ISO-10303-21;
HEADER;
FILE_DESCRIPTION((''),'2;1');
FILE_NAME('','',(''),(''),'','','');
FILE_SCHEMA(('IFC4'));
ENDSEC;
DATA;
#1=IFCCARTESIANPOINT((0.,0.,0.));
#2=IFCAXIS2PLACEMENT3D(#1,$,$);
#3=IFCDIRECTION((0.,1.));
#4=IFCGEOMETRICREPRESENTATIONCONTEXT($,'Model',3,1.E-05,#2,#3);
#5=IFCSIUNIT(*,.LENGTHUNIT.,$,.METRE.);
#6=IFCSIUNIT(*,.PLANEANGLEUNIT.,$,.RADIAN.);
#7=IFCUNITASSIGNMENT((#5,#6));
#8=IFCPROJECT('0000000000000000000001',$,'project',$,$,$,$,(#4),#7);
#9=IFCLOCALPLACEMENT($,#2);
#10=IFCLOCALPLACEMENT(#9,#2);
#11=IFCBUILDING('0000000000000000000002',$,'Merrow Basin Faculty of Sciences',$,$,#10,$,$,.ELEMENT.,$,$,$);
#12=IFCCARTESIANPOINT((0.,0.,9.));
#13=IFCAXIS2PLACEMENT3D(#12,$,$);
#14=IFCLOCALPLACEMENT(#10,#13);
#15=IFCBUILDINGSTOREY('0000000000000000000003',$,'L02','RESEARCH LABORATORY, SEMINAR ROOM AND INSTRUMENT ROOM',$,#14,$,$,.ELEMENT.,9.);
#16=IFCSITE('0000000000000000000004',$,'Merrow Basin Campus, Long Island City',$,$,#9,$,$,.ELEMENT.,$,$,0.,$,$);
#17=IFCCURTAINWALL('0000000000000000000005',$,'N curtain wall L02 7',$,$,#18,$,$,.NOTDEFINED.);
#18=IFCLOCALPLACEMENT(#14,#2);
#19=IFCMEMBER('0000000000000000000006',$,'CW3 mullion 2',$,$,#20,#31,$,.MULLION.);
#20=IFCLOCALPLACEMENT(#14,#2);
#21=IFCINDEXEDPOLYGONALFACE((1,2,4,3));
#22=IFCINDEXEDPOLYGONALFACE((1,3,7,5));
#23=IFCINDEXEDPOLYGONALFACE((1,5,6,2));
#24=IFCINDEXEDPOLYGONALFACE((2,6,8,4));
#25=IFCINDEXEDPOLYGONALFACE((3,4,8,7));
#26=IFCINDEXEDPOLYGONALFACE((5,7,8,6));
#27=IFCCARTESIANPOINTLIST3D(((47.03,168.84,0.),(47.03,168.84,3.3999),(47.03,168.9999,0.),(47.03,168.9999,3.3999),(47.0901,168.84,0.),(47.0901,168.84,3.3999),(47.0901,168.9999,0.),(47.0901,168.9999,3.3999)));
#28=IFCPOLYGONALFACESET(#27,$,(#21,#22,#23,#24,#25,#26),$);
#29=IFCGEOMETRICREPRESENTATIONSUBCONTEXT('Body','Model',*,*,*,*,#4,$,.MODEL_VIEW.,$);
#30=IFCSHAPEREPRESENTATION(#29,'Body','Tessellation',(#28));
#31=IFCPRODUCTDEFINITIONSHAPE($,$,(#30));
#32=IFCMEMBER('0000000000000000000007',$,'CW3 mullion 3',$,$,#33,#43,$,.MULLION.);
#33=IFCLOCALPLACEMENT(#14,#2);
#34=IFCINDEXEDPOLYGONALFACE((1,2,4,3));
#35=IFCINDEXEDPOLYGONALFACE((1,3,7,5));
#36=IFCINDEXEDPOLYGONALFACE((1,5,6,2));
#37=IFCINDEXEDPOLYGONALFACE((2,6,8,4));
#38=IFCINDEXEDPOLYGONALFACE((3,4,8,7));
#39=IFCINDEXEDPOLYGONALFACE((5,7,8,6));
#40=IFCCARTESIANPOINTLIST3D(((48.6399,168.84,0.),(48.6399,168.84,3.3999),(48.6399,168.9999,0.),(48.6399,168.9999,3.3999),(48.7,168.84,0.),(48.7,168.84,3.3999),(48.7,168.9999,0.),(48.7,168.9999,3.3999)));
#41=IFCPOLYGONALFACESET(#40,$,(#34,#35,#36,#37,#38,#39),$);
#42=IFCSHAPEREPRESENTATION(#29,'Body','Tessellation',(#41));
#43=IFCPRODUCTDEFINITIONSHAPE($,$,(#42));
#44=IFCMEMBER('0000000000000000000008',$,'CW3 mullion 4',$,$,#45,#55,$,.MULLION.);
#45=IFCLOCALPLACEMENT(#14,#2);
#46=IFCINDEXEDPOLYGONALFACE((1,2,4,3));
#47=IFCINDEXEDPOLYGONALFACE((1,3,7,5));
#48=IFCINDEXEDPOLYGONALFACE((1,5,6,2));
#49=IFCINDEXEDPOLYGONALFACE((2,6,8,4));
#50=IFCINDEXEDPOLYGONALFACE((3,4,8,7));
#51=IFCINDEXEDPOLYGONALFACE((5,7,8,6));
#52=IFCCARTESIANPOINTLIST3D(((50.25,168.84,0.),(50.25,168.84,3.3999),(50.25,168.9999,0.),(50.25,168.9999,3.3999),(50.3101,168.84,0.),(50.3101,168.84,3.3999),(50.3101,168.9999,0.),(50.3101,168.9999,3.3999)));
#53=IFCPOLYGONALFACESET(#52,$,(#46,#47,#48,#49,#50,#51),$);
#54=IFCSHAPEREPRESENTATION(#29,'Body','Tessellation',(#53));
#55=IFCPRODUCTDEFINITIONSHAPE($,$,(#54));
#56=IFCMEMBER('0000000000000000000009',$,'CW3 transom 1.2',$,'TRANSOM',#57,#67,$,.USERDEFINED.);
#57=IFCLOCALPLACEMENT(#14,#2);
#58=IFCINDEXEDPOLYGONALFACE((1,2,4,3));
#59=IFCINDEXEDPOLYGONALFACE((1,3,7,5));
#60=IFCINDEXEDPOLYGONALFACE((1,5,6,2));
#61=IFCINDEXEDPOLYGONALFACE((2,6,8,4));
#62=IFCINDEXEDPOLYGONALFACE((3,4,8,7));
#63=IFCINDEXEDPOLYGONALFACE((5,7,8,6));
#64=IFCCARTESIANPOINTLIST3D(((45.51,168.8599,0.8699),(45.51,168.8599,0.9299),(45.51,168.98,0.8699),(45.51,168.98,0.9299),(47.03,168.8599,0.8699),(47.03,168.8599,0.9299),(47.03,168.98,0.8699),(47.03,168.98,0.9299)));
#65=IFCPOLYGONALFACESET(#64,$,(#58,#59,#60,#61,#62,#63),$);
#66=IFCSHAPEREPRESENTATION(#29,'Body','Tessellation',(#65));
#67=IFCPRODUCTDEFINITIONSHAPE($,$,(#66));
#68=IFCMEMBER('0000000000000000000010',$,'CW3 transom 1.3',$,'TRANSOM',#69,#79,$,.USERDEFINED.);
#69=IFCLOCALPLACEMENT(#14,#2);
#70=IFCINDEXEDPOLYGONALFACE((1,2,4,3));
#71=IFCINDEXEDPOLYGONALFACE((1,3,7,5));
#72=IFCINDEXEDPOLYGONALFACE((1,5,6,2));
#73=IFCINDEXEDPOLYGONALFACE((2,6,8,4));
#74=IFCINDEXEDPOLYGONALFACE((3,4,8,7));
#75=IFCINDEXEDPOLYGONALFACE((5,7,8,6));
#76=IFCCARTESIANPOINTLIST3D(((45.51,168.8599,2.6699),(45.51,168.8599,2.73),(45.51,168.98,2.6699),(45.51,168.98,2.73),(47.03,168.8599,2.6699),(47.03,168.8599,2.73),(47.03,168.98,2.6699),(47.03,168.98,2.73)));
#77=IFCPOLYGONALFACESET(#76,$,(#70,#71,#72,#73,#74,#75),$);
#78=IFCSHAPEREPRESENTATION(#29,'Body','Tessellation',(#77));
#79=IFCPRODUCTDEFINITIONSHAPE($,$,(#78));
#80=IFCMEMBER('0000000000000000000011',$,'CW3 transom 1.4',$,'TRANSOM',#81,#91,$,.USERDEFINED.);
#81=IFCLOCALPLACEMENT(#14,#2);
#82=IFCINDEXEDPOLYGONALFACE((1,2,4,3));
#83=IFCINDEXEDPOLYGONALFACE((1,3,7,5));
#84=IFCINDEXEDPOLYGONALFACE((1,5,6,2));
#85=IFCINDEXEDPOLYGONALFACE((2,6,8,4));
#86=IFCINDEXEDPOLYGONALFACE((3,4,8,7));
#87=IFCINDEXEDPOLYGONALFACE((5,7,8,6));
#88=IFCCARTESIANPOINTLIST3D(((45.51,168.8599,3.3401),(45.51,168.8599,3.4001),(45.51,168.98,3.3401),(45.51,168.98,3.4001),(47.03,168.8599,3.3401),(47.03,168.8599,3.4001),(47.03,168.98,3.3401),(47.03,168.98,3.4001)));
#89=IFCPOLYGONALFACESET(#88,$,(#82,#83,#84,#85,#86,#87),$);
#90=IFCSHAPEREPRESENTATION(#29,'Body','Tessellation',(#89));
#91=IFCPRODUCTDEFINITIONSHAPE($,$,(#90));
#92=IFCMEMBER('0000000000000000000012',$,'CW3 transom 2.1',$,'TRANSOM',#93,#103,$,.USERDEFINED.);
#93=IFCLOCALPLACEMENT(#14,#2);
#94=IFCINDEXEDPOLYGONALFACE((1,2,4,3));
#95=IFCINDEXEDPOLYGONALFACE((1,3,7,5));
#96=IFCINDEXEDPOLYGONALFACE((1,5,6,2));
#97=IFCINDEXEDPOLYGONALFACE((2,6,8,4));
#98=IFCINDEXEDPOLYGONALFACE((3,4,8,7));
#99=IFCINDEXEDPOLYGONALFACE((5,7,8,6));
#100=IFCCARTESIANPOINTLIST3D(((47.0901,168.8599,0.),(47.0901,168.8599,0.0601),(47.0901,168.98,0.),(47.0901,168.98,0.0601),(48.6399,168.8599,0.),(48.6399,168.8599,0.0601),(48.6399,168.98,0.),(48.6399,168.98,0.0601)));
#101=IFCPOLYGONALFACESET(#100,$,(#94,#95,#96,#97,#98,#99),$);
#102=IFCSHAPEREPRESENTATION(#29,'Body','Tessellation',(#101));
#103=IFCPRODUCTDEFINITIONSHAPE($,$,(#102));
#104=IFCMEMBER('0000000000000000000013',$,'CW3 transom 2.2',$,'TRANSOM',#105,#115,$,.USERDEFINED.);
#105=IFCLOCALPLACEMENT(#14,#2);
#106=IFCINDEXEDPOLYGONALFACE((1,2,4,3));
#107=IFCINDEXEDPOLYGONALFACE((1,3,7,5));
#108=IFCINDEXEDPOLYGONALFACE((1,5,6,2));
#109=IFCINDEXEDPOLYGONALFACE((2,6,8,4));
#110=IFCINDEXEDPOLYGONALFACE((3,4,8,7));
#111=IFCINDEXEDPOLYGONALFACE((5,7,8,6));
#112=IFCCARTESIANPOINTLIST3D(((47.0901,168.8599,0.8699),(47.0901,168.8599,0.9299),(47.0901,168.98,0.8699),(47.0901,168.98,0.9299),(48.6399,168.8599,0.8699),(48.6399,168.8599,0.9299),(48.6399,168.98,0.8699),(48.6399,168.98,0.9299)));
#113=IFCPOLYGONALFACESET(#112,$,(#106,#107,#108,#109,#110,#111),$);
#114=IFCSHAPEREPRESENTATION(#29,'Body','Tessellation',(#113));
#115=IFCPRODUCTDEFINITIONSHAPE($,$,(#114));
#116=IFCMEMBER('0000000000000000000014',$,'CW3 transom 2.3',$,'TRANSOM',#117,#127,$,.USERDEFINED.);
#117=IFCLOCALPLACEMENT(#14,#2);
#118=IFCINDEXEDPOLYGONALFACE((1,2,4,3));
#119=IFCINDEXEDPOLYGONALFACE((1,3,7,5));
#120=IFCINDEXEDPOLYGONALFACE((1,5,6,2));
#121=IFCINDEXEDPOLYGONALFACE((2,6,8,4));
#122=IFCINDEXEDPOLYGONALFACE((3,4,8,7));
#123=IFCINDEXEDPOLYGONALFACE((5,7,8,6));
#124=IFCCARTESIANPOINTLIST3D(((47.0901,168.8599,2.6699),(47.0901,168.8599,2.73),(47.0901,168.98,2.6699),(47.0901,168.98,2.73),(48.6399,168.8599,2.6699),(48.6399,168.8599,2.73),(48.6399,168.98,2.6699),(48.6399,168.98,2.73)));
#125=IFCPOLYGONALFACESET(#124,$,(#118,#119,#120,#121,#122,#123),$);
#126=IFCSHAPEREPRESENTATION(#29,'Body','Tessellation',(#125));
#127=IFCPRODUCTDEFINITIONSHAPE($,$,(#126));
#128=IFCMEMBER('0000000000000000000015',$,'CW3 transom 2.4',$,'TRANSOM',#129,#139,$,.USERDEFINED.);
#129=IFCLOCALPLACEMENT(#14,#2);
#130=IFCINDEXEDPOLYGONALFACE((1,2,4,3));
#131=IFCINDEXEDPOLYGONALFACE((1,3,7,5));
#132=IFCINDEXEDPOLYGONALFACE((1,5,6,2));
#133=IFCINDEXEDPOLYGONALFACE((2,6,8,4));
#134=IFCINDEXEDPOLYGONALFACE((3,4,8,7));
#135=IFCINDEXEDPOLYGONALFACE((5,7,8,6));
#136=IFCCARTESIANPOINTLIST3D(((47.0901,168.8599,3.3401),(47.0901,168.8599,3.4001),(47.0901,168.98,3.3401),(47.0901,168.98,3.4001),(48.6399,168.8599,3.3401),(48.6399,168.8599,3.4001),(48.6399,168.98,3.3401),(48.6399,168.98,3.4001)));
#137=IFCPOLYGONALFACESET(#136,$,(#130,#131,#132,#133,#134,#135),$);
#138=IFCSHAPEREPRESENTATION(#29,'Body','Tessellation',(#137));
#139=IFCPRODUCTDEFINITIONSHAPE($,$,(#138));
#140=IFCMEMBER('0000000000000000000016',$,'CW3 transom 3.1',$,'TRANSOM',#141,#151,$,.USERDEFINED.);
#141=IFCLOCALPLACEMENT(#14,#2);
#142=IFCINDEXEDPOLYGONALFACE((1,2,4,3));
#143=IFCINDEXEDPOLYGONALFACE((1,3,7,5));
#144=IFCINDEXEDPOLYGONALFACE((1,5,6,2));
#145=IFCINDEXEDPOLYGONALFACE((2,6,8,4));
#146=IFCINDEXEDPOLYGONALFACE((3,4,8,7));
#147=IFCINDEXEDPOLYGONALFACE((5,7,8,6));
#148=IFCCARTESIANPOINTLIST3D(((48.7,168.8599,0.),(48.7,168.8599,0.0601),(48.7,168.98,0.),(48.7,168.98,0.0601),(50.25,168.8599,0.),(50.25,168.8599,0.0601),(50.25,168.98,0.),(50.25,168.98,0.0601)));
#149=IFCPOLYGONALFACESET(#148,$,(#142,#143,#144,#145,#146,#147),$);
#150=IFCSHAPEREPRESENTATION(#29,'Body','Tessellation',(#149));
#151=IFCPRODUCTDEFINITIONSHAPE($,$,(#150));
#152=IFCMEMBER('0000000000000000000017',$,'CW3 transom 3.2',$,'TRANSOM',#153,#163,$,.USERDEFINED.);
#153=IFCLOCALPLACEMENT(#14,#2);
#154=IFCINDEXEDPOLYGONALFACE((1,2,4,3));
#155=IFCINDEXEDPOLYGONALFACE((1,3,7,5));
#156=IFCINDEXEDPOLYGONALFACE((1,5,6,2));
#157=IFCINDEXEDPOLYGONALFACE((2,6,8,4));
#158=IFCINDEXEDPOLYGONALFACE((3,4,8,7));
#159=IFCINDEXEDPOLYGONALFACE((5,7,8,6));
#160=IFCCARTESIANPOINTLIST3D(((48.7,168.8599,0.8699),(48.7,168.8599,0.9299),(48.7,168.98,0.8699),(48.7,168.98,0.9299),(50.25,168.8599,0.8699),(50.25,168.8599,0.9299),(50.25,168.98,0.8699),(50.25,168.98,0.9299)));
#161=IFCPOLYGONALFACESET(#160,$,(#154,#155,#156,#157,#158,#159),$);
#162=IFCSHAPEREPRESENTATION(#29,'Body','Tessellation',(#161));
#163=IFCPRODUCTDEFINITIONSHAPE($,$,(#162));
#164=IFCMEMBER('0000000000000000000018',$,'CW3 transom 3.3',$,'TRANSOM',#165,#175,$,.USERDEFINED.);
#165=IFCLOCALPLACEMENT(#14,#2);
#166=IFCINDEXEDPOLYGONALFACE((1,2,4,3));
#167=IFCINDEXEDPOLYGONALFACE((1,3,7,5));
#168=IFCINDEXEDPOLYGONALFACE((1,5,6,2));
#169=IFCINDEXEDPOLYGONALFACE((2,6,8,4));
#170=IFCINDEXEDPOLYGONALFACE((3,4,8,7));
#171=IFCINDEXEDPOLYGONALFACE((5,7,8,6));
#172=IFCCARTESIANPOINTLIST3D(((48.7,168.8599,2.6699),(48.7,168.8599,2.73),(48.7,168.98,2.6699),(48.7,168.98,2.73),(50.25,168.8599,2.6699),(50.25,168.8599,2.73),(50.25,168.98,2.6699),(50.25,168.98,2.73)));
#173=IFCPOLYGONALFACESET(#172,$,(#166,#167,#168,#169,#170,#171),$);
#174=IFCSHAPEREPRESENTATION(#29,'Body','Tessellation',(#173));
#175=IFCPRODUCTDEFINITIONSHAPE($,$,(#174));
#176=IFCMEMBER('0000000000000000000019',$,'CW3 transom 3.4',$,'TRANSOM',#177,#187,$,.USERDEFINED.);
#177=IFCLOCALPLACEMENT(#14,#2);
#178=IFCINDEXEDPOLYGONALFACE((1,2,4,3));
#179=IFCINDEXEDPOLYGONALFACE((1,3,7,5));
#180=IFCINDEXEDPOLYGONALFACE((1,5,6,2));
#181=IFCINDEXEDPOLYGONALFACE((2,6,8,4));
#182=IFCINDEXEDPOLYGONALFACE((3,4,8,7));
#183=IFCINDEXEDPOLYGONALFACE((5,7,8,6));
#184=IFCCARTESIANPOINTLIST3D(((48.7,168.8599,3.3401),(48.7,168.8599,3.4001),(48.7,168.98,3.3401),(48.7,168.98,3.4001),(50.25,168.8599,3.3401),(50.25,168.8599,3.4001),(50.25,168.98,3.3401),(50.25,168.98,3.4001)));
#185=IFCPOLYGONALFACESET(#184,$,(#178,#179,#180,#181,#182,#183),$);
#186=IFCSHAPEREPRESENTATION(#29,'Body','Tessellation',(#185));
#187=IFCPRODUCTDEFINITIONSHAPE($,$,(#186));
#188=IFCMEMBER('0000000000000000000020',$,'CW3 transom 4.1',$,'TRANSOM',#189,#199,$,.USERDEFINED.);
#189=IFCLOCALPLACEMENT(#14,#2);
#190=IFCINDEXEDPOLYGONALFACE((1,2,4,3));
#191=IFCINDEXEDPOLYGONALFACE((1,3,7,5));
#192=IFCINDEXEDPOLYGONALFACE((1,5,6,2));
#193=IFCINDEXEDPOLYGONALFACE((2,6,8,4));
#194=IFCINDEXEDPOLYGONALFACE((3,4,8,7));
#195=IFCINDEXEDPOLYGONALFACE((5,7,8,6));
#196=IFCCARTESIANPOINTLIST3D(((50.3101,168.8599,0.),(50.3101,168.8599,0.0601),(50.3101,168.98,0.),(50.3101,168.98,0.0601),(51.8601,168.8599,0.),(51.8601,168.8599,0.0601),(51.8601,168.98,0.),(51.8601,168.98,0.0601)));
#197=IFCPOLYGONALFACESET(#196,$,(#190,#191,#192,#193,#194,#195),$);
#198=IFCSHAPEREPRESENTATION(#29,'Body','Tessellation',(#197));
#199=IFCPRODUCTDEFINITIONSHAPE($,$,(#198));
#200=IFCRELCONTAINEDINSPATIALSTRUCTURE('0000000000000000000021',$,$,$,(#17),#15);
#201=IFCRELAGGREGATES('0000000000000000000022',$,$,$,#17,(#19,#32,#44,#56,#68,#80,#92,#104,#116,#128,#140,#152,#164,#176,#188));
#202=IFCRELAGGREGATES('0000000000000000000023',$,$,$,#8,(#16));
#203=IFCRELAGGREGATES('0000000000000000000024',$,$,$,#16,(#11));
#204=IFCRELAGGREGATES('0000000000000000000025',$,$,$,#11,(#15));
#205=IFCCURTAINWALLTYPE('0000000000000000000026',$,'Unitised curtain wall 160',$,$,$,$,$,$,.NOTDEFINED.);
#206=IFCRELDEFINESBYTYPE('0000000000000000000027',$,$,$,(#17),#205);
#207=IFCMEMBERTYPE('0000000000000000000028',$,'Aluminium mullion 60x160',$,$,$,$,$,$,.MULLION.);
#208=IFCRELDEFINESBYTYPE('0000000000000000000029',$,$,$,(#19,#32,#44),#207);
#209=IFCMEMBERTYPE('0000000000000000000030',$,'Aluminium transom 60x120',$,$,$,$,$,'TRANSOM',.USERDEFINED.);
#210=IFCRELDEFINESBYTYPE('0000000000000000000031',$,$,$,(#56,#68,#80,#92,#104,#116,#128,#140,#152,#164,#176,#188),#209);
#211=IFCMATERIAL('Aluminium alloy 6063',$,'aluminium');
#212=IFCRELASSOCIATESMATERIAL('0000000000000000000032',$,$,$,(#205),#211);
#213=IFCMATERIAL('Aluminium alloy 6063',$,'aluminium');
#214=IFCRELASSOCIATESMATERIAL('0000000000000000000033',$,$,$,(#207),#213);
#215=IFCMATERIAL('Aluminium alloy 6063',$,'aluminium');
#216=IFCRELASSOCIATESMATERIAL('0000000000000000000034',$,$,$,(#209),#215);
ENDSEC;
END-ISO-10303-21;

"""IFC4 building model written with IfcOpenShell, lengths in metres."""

from ifc_helpers import new_model, si_unit, direction, frame, origin, origin_2d, place, context, subcontext, project, spatial, rectangle, extrude, material, material_profile, profile_set, type_object, element, aggregate, save


model = new_model("IFC4")

# Units and contexts
model_context = context("Model", 3, precision=1e-05, world=origin(), true_north=direction((0.0, 1.0)))
body_context = subcontext(model_context, "Body", "Model", "MODEL_VIEW")
ifc_project = project(units=[si_unit("LENGTHUNIT", "METRE"), si_unit("PLANEANGLEUNIT", "RADIAN")], contexts=[model_context])

# Site, building, storey
site_placement = place(None, origin())
site = spatial("IfcSite", under=ifc_project, at=site_placement, Name="Merrow Basin Campus, Long Island City", CompositionType="ELEMENT", RefElevation=0.0)
building_placement = place(site_placement, origin())
building = spatial("IfcBuilding", under=site, at=building_placement, Name="Merrow Basin Faculty of Sciences", CompositionType="ELEMENT")
storey_placement = place(building_placement, frame((0.0, 0.0, 9.0)))
storey = spatial("IfcBuildingStorey", under=building, at=storey_placement, Name="L02", Description="RESEARCH LABORATORY, SEMINAR ROOM AND INSTRUMENT ROOM", CompositionType="ELEMENT", Elevation=9.0)

# Curtain wall, members
ifc_material_1 = material(Name="Aluminium alloy 6063", Category="aluminium")
curtain_wall_type = type_object("IfcCurtainWallType", Name="Unitised curtain wall 160", PredefinedType="NOTDEFINED", material=ifc_material_1)
curtain_wall_placement = place(storey_placement, origin())
curtain_wall = element("IfcCurtainWall", 1, at=curtain_wall_placement, inside=storey, type_object=curtain_wall_type, Name="N curtain wall L02 7", PredefinedType="NOTDEFINED")
ifc_material_2 = material(Name="Aluminium alloy 6063", Category="aluminium")
ifc_material_profile_1 = material_profile(ifc_material_2, rectangle(XDim=0.1599, YDim=0.0601, at=origin_2d()))
ifc_profile_set_1 = profile_set([ifc_material_profile_1], Name="Aluminium alloy 6063")
member_type_1 = type_object("IfcMemberType", Name="Aluminium mullion 60x160", PredefinedType="MULLION", material=ifc_profile_set_1)
member_1_placement = place(storey_placement, frame((47.0601, 168.9199, 0.0), z_axis=(0.0, 0.0, 1.0), x_axis=(0.0, 1.0, 0.0)))
member_1 = element("IfcMember", 2, at=member_1_placement, type_object=member_type_1, Name="CW3 mullion 2", PredefinedType="MULLION", context=body_context, shape_type="SweptSolid", body=[
    extrude(rectangle(XDim=0.1599, YDim=0.0601, at=origin_2d()), origin(), (0.0, 0.0, 1.0), 3.3999),
])
member_2_placement = place(storey_placement, frame((48.6699, 168.9199, 0.0), z_axis=(0.0, 0.0, 1.0), x_axis=(0.0, 1.0, 0.0)))
member_2 = element("IfcMember", 3, at=member_2_placement, type_object=member_type_1, Name="CW3 mullion 3", PredefinedType="MULLION", context=body_context, shape_type="SweptSolid", body=[
    extrude(rectangle(XDim=0.1599, YDim=0.0601, at=origin_2d()), origin(), (0.0, 0.0, 1.0), 3.3999),
])
member_3_placement = place(storey_placement, frame((50.28, 168.9199, 0.0), z_axis=(0.0, 0.0, 1.0), x_axis=(0.0, 1.0, 0.0)))
member_3 = element("IfcMember", 4, at=member_3_placement, type_object=member_type_1, Name="CW3 mullion 4", PredefinedType="MULLION", context=body_context, shape_type="SweptSolid", body=[
    extrude(rectangle(XDim=0.1599, YDim=0.0601, at=origin_2d()), origin(), (0.0, 0.0, 1.0), 3.3999),
])
ifc_material_3 = material(Name="Aluminium alloy 6063", Category="aluminium")
ifc_material_profile_2 = material_profile(ifc_material_3, rectangle(XDim=0.1201, YDim=0.0601, at=origin_2d()))
ifc_profile_set_2 = profile_set([ifc_material_profile_2], Name="Aluminium alloy 6063")
member_type_2 = type_object("IfcMemberType", Name="Aluminium transom 60x120", ElementType="TRANSOM", PredefinedType="USERDEFINED", material=ifc_profile_set_2)
member_4_placement = place(storey_placement, frame((45.51, 168.9199, 0.8999), z_axis=(1.0, 0.0, 0.0), x_axis=(0.0, 1.0, 0.0)))
member_4 = element("IfcMember", 5, at=member_4_placement, type_object=member_type_2, Name="CW3 transom 1.2", ObjectType="TRANSOM", PredefinedType="USERDEFINED", context=body_context, shape_type="SweptSolid", body=[
    extrude(rectangle(XDim=0.1201, YDim=0.0601, at=origin_2d()), origin(), (0.0, 0.0, 1.0), 1.52),
])
member_5_placement = place(storey_placement, frame((45.51, 168.9199, 2.7), z_axis=(1.0, 0.0, 0.0), x_axis=(0.0, 1.0, 0.0)))
member_5 = element("IfcMember", 6, at=member_5_placement, type_object=member_type_2, Name="CW3 transom 1.3", ObjectType="TRANSOM", PredefinedType="USERDEFINED", context=body_context, shape_type="SweptSolid", body=[
    extrude(rectangle(XDim=0.1201, YDim=0.0601, at=origin_2d()), origin(), (0.0, 0.0, 1.0), 1.52),
])
member_6_placement = place(storey_placement, frame((45.51, 168.9199, 3.3701), z_axis=(1.0, 0.0, 0.0), x_axis=(0.0, 1.0, 0.0)))
member_6 = element("IfcMember", 7, at=member_6_placement, type_object=member_type_2, Name="CW3 transom 1.4", ObjectType="TRANSOM", PredefinedType="USERDEFINED", context=body_context, shape_type="SweptSolid", body=[
    extrude(rectangle(XDim=0.1201, YDim=0.0601, at=origin_2d()), origin(), (0.0, 0.0, 1.0), 1.52),
])
member_7_placement = place(storey_placement, frame((47.0901, 168.9199, 0.03), z_axis=(1.0, 0.0, 0.0), x_axis=(0.0, 1.0, 0.0)))
member_7 = element("IfcMember", 8, at=member_7_placement, type_object=member_type_2, Name="CW3 transom 2.1", ObjectType="TRANSOM", PredefinedType="USERDEFINED", context=body_context, shape_type="SweptSolid", body=[
    extrude(rectangle(XDim=0.1201, YDim=0.0601, at=origin_2d()), origin(), (0.0, 0.0, 1.0), 1.5498),
])
member_8_placement = place(storey_placement, frame((47.0901, 168.9199, 0.8999), z_axis=(1.0, 0.0, 0.0), x_axis=(0.0, 1.0, 0.0)))
member_8 = element("IfcMember", 9, at=member_8_placement, type_object=member_type_2, Name="CW3 transom 2.2", ObjectType="TRANSOM", PredefinedType="USERDEFINED", context=body_context, shape_type="SweptSolid", body=[
    extrude(rectangle(XDim=0.1201, YDim=0.0601, at=origin_2d()), origin(), (0.0, 0.0, 1.0), 1.5498),
])
member_9_placement = place(storey_placement, frame((47.0901, 168.9199, 2.7), z_axis=(1.0, 0.0, 0.0), x_axis=(0.0, 1.0, 0.0)))
member_9 = element("IfcMember", 10, at=member_9_placement, type_object=member_type_2, Name="CW3 transom 2.3", ObjectType="TRANSOM", PredefinedType="USERDEFINED", context=body_context, shape_type="SweptSolid", body=[
    extrude(rectangle(XDim=0.1201, YDim=0.0601, at=origin_2d()), origin(), (0.0, 0.0, 1.0), 1.5498),
])
member_10_placement = place(storey_placement, frame((47.0901, 168.9199, 3.3701), z_axis=(1.0, 0.0, 0.0), x_axis=(0.0, 1.0, 0.0)))
member_10 = element("IfcMember", 11, at=member_10_placement, type_object=member_type_2, Name="CW3 transom 2.4", ObjectType="TRANSOM", PredefinedType="USERDEFINED", context=body_context, shape_type="SweptSolid", body=[
    extrude(rectangle(XDim=0.1201, YDim=0.0601, at=origin_2d()), origin(), (0.0, 0.0, 1.0), 1.5498),
])
member_11_placement = place(storey_placement, frame((48.7, 168.9199, 0.03), z_axis=(1.0, 0.0, 0.0), x_axis=(0.0, 1.0, 0.0)))
member_11 = element("IfcMember", 12, at=member_11_placement, type_object=member_type_2, Name="CW3 transom 3.1", ObjectType="TRANSOM", PredefinedType="USERDEFINED", context=body_context, shape_type="SweptSolid", body=[
    extrude(rectangle(XDim=0.1201, YDim=0.0601, at=origin_2d()), origin(), (0.0, 0.0, 1.0), 1.55),
])
member_12_placement = place(storey_placement, frame((48.7, 168.9199, 0.8999), z_axis=(1.0, 0.0, 0.0), x_axis=(0.0, 1.0, 0.0)))
member_12 = element("IfcMember", 13, at=member_12_placement, type_object=member_type_2, Name="CW3 transom 3.2", ObjectType="TRANSOM", PredefinedType="USERDEFINED", context=body_context, shape_type="SweptSolid", body=[
    extrude(rectangle(XDim=0.1201, YDim=0.0601, at=origin_2d()), origin(), (0.0, 0.0, 1.0), 1.55),
])
member_13_placement = place(storey_placement, frame((48.7, 168.9199, 2.7), z_axis=(1.0, 0.0, 0.0), x_axis=(0.0, 1.0, 0.0)))
member_13 = element("IfcMember", 14, at=member_13_placement, type_object=member_type_2, Name="CW3 transom 3.3", ObjectType="TRANSOM", PredefinedType="USERDEFINED", context=body_context, shape_type="SweptSolid", body=[
    extrude(rectangle(XDim=0.1201, YDim=0.0601, at=origin_2d()), origin(), (0.0, 0.0, 1.0), 1.55),
])
member_14_placement = place(storey_placement, frame((48.7, 168.9199, 3.3701), z_axis=(1.0, 0.0, 0.0), x_axis=(0.0, 1.0, 0.0)))
member_14 = element("IfcMember", 15, at=member_14_placement, type_object=member_type_2, Name="CW3 transom 3.4", ObjectType="TRANSOM", PredefinedType="USERDEFINED", context=body_context, shape_type="SweptSolid", body=[
    extrude(rectangle(XDim=0.1201, YDim=0.0601, at=origin_2d()), origin(), (0.0, 0.0, 1.0), 1.55),
])
member_15_placement = place(storey_placement, frame((50.3101, 168.9199, 0.03), z_axis=(1.0, 0.0, 0.0), x_axis=(0.0, 1.0, 0.0)))
member_15 = element("IfcMember", 16, at=member_15_placement, type_object=member_type_2, Name="CW3 transom 4.1", ObjectType="TRANSOM", PredefinedType="USERDEFINED", context=body_context, shape_type="SweptSolid", body=[
    extrude(rectangle(XDim=0.1201, YDim=0.0601, at=origin_2d()), origin(), (0.0, 0.0, 1.0), 1.55),
])
aggregate(curtain_wall, [member_1, member_2, member_3, member_4, member_5, member_6, member_7, member_8, member_9, member_10, member_11, member_12, member_13, member_14, member_15])

save(model, "model.ifc")
